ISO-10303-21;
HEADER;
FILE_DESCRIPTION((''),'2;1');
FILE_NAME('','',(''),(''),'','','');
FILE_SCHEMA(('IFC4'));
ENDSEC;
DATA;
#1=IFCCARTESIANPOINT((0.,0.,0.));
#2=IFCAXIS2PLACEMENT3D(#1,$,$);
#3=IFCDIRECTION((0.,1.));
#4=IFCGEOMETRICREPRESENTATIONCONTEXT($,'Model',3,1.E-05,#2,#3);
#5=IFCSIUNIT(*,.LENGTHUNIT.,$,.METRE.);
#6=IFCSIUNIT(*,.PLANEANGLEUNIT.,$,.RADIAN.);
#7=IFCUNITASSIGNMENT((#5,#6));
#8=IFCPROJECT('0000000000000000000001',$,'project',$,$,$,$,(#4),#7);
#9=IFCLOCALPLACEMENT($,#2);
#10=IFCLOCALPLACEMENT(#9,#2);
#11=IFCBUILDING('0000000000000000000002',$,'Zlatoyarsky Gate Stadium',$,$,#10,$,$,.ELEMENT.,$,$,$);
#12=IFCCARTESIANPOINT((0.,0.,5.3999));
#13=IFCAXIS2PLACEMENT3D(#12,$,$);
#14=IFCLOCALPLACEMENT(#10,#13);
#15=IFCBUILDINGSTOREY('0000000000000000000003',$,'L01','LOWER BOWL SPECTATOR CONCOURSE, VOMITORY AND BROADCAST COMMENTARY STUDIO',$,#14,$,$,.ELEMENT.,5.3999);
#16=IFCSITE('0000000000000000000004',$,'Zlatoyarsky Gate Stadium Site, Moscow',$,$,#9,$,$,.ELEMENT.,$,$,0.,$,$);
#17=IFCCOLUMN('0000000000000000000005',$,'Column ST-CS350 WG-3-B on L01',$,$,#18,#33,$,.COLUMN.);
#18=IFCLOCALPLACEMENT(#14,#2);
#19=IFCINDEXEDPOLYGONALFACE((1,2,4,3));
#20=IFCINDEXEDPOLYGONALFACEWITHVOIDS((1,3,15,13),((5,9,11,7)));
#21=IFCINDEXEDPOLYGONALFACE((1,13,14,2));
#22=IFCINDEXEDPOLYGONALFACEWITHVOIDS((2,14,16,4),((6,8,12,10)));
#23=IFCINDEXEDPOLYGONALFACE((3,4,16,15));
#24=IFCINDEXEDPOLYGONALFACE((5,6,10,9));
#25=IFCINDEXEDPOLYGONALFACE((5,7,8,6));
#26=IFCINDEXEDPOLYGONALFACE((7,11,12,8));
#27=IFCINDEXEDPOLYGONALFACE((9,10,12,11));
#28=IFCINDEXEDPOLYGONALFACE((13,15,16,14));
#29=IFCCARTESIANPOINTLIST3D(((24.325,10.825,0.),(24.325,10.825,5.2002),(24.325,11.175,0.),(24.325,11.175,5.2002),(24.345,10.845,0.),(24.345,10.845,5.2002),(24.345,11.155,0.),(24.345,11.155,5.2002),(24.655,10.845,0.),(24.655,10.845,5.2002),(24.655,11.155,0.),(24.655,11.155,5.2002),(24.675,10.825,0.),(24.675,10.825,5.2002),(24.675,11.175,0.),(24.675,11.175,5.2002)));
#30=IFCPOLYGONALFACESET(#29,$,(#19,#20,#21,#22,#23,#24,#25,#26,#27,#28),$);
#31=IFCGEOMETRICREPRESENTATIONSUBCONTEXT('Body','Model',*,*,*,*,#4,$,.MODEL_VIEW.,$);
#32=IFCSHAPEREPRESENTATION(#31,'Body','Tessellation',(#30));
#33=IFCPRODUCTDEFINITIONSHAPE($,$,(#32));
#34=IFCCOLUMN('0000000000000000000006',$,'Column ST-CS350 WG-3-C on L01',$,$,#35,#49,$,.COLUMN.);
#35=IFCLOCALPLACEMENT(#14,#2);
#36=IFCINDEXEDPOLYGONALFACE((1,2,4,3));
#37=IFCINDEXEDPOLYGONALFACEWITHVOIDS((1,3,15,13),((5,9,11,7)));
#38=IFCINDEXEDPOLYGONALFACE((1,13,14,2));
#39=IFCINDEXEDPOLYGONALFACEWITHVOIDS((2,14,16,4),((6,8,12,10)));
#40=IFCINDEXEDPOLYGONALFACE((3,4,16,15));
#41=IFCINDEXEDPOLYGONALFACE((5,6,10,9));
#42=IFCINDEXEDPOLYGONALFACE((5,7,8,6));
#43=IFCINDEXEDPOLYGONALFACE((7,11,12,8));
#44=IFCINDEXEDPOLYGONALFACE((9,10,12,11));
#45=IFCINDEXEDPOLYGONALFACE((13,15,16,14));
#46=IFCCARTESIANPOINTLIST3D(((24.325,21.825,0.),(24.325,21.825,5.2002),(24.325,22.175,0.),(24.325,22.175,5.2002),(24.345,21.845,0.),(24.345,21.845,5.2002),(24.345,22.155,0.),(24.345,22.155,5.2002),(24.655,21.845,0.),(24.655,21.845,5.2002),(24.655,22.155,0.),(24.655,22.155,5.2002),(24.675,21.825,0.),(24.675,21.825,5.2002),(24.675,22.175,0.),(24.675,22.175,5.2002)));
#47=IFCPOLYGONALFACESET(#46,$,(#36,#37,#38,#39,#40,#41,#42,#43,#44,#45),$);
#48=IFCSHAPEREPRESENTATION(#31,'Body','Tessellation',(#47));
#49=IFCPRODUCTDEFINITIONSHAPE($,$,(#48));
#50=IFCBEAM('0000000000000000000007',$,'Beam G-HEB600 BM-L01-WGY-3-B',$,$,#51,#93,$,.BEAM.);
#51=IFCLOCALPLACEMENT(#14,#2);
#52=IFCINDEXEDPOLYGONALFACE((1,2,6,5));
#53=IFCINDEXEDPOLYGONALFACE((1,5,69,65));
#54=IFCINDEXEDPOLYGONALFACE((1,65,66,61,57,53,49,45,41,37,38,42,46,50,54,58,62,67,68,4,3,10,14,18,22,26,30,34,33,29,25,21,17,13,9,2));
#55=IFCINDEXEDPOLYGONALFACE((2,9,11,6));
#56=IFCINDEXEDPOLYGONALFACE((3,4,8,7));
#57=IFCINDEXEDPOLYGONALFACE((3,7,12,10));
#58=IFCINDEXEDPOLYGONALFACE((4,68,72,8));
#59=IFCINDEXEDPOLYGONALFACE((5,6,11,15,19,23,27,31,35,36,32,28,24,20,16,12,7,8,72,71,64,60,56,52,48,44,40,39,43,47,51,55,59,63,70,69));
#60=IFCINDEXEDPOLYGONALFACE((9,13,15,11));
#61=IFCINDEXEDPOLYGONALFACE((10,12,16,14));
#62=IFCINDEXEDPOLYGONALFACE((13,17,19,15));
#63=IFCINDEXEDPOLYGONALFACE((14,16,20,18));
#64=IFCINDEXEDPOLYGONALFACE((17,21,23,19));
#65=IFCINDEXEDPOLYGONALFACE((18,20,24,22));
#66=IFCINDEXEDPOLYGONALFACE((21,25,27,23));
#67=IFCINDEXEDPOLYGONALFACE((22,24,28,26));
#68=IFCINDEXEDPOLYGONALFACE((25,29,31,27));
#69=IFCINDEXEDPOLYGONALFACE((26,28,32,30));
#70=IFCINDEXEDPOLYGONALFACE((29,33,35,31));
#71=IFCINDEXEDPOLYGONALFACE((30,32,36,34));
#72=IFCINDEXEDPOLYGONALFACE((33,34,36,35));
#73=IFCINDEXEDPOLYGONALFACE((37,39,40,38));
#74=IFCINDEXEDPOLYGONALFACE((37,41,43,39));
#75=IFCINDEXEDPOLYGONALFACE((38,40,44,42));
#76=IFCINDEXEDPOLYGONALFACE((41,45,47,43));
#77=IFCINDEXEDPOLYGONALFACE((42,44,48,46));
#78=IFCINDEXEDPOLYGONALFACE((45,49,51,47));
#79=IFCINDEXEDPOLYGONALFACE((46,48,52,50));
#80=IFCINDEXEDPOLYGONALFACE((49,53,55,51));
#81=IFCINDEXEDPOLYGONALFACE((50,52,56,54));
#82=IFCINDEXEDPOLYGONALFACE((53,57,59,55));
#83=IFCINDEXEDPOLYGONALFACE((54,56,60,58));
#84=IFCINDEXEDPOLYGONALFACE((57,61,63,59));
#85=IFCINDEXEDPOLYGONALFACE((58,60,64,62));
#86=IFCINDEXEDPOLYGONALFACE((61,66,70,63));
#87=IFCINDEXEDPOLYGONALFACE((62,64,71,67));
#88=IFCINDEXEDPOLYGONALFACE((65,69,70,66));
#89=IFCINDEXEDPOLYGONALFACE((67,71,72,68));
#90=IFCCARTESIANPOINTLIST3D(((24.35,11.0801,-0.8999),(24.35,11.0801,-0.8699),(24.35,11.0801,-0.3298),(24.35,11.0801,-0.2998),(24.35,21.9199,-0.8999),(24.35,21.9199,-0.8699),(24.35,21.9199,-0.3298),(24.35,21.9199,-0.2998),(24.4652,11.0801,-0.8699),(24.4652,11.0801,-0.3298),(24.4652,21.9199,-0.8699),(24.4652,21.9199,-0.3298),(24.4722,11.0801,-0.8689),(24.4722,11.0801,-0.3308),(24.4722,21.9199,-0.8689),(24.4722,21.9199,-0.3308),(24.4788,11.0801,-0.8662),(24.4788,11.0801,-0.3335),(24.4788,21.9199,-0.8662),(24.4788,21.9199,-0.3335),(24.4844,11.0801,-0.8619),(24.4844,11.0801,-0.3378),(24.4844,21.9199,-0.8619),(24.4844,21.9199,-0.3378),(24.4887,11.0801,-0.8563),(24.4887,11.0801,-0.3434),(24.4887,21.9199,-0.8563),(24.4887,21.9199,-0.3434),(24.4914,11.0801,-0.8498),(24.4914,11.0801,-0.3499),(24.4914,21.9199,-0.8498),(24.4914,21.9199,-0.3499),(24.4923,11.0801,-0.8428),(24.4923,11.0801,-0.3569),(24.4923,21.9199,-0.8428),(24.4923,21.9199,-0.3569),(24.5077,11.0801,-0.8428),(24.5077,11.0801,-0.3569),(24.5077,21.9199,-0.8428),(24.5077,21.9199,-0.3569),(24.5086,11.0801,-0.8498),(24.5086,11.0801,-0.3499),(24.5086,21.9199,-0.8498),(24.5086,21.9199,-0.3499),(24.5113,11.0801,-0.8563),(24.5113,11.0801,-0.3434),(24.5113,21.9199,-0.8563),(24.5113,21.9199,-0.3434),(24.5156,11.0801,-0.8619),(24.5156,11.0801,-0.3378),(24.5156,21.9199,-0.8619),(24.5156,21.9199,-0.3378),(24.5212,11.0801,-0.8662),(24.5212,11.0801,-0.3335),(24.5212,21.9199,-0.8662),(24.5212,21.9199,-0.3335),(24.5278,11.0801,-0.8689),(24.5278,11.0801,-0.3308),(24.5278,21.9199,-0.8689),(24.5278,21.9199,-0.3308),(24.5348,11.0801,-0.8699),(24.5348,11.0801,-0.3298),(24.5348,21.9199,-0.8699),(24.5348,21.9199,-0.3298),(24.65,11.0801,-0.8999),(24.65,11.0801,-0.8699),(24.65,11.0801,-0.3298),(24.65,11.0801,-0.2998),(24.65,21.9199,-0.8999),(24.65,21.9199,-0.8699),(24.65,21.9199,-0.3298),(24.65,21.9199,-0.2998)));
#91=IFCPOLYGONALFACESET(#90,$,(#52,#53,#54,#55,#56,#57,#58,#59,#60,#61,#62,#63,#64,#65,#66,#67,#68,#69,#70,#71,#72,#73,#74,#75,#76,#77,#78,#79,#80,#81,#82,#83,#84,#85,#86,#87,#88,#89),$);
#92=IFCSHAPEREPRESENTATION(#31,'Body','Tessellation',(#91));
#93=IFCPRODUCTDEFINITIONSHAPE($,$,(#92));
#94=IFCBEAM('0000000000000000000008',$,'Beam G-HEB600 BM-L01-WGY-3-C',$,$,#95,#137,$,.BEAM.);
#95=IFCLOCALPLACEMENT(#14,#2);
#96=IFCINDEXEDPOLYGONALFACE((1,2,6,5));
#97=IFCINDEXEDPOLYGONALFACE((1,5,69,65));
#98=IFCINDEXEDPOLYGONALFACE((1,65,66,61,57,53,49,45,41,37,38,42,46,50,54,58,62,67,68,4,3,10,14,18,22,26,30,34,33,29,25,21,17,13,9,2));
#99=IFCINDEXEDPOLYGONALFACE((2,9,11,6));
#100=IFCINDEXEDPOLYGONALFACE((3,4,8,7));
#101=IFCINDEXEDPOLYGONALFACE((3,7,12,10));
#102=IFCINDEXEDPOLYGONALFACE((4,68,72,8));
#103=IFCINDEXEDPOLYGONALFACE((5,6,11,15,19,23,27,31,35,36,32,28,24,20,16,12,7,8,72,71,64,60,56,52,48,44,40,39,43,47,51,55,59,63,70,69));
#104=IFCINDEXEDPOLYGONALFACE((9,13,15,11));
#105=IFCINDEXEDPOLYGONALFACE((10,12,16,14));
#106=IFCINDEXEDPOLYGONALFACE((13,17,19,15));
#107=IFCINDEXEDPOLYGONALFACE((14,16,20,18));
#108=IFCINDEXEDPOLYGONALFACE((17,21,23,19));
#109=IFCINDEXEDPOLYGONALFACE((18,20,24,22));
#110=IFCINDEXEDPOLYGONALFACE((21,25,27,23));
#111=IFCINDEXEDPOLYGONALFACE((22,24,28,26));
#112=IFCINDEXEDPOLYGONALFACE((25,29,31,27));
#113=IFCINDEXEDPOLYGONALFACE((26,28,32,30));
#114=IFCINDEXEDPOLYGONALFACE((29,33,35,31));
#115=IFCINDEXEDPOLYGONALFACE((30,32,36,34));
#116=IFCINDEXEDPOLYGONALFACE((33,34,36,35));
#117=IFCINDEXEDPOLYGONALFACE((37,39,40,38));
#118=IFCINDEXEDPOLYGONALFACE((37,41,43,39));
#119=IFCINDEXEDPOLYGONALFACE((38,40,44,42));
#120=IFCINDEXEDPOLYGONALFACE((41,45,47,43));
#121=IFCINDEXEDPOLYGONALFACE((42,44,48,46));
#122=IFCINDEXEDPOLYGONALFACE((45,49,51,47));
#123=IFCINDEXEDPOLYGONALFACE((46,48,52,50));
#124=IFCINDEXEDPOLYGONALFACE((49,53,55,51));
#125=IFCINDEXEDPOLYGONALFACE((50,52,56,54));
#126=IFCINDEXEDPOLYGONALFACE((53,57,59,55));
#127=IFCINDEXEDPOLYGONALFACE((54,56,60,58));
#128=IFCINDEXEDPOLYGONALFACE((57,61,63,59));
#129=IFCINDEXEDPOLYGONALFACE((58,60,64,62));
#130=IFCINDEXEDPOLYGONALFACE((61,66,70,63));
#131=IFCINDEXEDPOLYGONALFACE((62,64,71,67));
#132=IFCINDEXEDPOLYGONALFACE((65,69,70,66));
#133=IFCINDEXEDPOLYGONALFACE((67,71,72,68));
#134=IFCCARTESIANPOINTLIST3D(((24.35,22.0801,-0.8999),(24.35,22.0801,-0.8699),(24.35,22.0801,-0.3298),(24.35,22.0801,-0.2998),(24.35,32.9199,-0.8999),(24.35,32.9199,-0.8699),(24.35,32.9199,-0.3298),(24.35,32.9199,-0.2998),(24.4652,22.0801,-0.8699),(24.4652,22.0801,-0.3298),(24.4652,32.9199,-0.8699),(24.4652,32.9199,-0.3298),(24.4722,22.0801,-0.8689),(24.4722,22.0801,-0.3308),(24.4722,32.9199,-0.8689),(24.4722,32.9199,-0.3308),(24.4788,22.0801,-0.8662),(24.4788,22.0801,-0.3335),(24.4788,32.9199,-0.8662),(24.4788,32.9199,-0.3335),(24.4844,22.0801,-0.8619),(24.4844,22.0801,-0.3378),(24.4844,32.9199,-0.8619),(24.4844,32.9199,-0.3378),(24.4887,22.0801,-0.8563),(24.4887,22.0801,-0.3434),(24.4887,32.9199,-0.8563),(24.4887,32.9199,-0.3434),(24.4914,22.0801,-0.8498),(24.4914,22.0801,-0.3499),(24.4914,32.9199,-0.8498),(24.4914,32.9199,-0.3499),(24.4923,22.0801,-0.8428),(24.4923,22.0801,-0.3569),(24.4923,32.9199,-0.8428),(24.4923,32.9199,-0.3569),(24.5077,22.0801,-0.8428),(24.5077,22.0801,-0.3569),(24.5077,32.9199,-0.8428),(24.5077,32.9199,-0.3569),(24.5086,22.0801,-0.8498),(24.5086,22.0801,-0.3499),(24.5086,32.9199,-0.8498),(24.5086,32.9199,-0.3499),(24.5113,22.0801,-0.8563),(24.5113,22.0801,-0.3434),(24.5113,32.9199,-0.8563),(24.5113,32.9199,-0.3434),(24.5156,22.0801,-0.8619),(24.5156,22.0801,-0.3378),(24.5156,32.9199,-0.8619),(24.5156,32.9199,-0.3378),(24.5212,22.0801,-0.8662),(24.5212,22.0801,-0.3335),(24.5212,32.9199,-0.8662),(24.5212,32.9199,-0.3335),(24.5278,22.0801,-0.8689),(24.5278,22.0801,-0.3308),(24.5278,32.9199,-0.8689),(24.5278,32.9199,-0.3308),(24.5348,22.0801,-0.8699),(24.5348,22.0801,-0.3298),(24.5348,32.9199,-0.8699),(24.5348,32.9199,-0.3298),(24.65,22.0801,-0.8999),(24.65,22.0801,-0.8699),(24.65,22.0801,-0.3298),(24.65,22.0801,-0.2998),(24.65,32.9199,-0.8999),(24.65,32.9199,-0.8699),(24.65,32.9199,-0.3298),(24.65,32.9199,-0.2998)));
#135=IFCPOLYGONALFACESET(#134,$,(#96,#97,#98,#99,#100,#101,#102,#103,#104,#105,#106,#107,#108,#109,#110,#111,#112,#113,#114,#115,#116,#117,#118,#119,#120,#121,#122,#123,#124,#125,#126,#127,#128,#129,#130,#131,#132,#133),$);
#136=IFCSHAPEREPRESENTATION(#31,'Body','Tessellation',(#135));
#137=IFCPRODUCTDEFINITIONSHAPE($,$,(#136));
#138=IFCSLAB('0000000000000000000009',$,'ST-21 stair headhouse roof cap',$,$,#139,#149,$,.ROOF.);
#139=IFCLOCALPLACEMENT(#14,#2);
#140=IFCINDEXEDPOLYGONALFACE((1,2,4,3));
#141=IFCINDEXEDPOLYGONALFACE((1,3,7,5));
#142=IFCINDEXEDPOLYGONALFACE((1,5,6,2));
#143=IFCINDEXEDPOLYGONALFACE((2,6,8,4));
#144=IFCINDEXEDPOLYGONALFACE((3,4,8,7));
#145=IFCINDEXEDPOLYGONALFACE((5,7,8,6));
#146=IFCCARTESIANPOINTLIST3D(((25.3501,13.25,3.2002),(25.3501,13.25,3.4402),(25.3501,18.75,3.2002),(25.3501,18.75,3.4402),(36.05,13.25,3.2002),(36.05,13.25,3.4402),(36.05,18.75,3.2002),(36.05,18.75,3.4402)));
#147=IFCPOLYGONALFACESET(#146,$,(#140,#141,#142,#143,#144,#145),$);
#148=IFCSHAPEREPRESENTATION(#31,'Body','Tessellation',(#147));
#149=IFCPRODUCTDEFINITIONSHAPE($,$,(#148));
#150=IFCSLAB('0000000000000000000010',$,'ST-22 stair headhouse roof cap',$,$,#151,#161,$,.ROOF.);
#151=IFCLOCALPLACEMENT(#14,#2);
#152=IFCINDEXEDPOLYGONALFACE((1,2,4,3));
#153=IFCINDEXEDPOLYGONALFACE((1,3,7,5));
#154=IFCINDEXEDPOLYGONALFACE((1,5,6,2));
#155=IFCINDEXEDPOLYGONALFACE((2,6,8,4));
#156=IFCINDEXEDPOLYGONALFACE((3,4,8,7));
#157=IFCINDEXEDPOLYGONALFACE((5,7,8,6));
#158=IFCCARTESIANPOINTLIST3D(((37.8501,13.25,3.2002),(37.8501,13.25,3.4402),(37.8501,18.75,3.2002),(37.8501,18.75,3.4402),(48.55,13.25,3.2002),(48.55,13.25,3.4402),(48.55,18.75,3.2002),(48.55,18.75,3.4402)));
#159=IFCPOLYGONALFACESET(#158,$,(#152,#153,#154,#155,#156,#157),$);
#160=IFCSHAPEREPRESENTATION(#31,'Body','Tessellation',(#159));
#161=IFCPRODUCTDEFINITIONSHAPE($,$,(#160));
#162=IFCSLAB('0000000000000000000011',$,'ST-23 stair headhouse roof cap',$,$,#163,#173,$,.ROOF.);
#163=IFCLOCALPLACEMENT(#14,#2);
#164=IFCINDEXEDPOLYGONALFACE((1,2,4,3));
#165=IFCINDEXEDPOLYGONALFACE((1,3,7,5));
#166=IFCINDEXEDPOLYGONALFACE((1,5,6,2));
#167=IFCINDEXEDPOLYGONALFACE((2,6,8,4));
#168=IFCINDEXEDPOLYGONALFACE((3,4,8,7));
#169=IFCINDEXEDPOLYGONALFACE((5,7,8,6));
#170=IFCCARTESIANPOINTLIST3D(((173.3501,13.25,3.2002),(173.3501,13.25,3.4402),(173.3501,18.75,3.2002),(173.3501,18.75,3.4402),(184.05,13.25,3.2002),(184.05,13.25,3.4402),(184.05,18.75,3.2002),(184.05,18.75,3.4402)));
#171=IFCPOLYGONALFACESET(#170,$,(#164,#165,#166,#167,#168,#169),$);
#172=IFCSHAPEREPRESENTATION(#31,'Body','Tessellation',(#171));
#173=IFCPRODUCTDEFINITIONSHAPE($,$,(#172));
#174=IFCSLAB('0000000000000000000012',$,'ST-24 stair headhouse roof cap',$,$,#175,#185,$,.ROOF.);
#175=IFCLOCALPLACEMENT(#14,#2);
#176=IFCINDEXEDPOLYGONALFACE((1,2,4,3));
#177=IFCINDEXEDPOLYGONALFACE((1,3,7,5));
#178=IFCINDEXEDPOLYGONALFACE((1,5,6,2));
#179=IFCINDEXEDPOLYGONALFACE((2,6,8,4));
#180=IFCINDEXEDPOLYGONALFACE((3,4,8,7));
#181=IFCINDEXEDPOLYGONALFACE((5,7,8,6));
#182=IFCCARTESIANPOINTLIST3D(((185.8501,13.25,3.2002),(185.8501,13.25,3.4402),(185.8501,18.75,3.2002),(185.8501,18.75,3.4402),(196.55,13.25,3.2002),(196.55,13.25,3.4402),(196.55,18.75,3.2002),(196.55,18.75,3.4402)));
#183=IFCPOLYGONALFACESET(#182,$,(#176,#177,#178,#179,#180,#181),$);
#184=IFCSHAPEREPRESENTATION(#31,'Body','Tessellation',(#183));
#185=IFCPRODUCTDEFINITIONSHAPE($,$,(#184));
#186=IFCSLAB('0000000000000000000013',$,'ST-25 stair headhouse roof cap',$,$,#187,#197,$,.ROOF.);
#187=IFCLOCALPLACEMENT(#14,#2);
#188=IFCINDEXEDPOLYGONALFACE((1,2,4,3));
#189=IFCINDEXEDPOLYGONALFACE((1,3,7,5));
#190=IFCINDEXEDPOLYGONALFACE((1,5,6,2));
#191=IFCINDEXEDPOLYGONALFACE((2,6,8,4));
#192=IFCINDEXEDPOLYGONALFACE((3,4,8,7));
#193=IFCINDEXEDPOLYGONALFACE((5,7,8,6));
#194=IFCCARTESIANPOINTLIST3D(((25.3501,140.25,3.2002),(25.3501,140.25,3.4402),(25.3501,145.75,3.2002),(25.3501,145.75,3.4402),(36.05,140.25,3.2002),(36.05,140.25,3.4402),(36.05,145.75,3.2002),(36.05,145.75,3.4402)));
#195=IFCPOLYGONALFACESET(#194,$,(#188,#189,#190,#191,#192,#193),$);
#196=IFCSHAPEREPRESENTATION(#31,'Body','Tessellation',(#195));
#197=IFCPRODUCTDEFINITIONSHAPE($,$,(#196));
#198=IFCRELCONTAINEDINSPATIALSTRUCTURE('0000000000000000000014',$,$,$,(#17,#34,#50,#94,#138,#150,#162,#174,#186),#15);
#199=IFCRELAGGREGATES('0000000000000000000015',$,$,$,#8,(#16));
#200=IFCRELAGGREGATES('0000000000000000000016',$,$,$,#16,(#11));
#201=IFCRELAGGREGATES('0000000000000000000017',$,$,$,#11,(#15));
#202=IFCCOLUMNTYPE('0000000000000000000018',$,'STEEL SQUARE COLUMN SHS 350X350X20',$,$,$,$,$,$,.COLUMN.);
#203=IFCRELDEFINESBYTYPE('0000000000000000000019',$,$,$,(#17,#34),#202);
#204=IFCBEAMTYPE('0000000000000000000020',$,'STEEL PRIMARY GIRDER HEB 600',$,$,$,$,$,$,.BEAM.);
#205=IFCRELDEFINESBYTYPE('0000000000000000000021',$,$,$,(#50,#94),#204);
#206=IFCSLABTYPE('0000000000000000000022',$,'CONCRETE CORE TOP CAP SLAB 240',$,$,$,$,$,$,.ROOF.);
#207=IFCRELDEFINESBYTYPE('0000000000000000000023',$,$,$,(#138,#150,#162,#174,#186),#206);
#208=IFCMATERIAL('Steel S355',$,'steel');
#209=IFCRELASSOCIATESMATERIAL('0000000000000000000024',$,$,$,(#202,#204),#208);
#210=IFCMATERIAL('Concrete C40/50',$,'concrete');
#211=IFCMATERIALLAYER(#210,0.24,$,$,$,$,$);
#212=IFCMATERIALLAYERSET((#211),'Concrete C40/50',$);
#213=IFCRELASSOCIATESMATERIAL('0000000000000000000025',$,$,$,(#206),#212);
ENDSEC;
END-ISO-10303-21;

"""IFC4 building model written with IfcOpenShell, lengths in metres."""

from ifc_helpers import new_model, si_unit, direction, frame, origin, origin_2d, place, context, subcontext, project, spatial, polyline, hollow_rectangle, i_section, outline, extrude, material, layer, layer_set, material_profile, profile_set, type_object, element, save


model = new_model("IFC4")

# Units and contexts
model_context = context("Model", 3, precision=1e-05, world=origin(), true_north=direction((0.0, 1.0)))
body_context = subcontext(model_context, "Body", "Model", "MODEL_VIEW")
ifc_project = project(units=[si_unit("LENGTHUNIT", "METRE"), si_unit("PLANEANGLEUNIT", "RADIAN")], contexts=[model_context])

# Site, building, storey
site_placement = place(None, origin())
site = spatial("IfcSite", under=ifc_project, at=site_placement, Name="Zlatoyarsky Gate Stadium Site, Moscow", CompositionType="ELEMENT", RefElevation=0.0)
building_placement = place(site_placement, origin())
building = spatial("IfcBuilding", under=site, at=building_placement, Name="Zlatoyarsky Gate Stadium", CompositionType="ELEMENT")
storey_placement = place(building_placement, frame((0.0, 0.0, 5.3999)))
storey = spatial("IfcBuildingStorey", under=building, at=storey_placement, Name="L01", Description="LOWER BOWL SPECTATOR CONCOURSE, VOMITORY AND BROADCAST COMMENTARY STUDIO", CompositionType="ELEMENT", Elevation=5.3999)

# Columns
ifc_material_1 = material(Name="Steel S355", Category="steel")
ifc_material_profile_1 = material_profile(ifc_material_1, hollow_rectangle(XDim=0.3501, YDim=0.3501, WallThickness=0.02, at=origin_2d()), Name="SHS 350X350X20")
ifc_profile_set_1 = profile_set([ifc_material_profile_1], Name="Steel S355")
column_type = type_object("IfcColumnType", Name="STEEL SQUARE COLUMN SHS 350X350X20", PredefinedType="COLUMN", material=ifc_profile_set_1)
for number, where, z_axis, x_axis, name in (
    (1, (24.5, 11.0, 0.0), (0.0, 0.0, 1.0), (1.0, 0.0, 0.0), "Column ST-CS350 WG-3-B on L01"),
    (2, (24.5, 22.0, 0.0), (0.0, 0.0, 1.0), (1.0, 0.0, 0.0), "Column ST-CS350 WG-3-C on L01"),
):
    element("IfcColumn", number, at=place(storey_placement, frame(where, z_axis=z_axis, x_axis=x_axis)), inside=storey, type_object=column_type, Name=name, PredefinedType="COLUMN", context=body_context, shape_type="SweptSolid", body=[
        extrude(hollow_rectangle(XDim=0.3501, YDim=0.3501, WallThickness=0.02, at=origin_2d()), origin(), (0.0, 0.0, 1.0), 5.2002),
    ])

# Beams
ifc_material_profile_2 = material_profile(ifc_material_1, i_section(OverallWidth=0.3, OverallDepth=0.6001, WebThickness=0.0154, FlangeThickness=0.03, FilletRadius=0.0271, at=origin_2d()), Name="HEB 600")
ifc_profile_set_2 = profile_set([ifc_material_profile_2], Name="Steel S355")
beam_type = type_object("IfcBeamType", Name="STEEL PRIMARY GIRDER HEB 600", PredefinedType="BEAM", material=ifc_profile_set_2)
for number, where, z_axis, x_axis, name in (
    (3, (24.5, 11.0801, -0.5999), (0.0, 1.0, 0.0), (-1.0, 0.0, 0.0), "Beam G-HEB600 BM-L01-WGY-3-B"),
    (4, (24.5, 22.0801, -0.5999), (0.0, 1.0, 0.0), (-1.0, 0.0, 0.0), "Beam G-HEB600 BM-L01-WGY-3-C"),
):
    element("IfcBeam", number, at=place(storey_placement, frame(where, z_axis=z_axis, x_axis=x_axis)), inside=storey, type_object=beam_type, Name=name, PredefinedType="BEAM", context=body_context, shape_type="SweptSolid", body=[
        extrude(i_section(OverallWidth=0.3, OverallDepth=0.6001, WebThickness=0.0154, FlangeThickness=0.03, FilletRadius=0.0271, at=origin_2d()), origin(), (0.0, 0.0, 1.0), 10.8398),
    ])

# Slabs
ifc_material_2 = material(Name="Concrete C40/50", Category="concrete")
ifc_layer_1 = layer(ifc_material_2, 0.24)
ifc_layer_set_1 = layer_set([ifc_layer_1], Name="Concrete C40/50")
slab_type_1 = type_object("IfcSlabType", Name="CONCRETE CORE TOP CAP SLAB 240", PredefinedType="ROOF", material=ifc_layer_set_1)
slab_1_placement = place(storey_placement, frame((0.0, 0.0, 3.2002)))
element("IfcSlab", 5, at=slab_1_placement, inside=storey, type_object=slab_type_1, Name="ST-21 stair headhouse roof cap", PredefinedType="ROOF", context=body_context, shape_type="SweptSolid", body=[
    extrude(outline(polyline([(25.3501, 13.25), (36.05, 13.25), (36.05, 18.75), (25.3501, 18.75), (25.3501, 13.25)])), origin(), (0.0, 0.0, 1.0), 0.24),
])
slab_2_placement = place(storey_placement, frame((0.0, 0.0, 3.2002)))
element("IfcSlab", 6, at=slab_2_placement, inside=storey, type_object=slab_type_1, Name="ST-22 stair headhouse roof cap", PredefinedType="ROOF", context=body_context, shape_type="SweptSolid", body=[
    extrude(outline(polyline([(37.8501, 13.25), (48.55, 13.25), (48.55, 18.75), (37.8501, 18.75), (37.8501, 13.25)])), origin(), (0.0, 0.0, 1.0), 0.24),
])
slab_3_placement = place(storey_placement, frame((0.0, 0.0, 3.2002)))
element("IfcSlab", 7, at=slab_3_placement, inside=storey, type_object=slab_type_1, Name="ST-23 stair headhouse roof cap", PredefinedType="ROOF", context=body_context, shape_type="SweptSolid", body=[
    extrude(outline(polyline([(173.3501, 13.25), (184.05, 13.25), (184.05, 18.75), (173.3501, 18.75), (173.3501, 13.25)])), origin(), (0.0, 0.0, 1.0), 0.24),
])
slab_4_placement = place(storey_placement, frame((0.0, 0.0, 3.2002)))
element("IfcSlab", 8, at=slab_4_placement, inside=storey, type_object=slab_type_1, Name="ST-24 stair headhouse roof cap", PredefinedType="ROOF", context=body_context, shape_type="SweptSolid", body=[
    extrude(outline(polyline([(185.8501, 13.25), (196.55, 13.25), (196.55, 18.75), (185.8501, 18.75), (185.8501, 13.25)])), origin(), (0.0, 0.0, 1.0), 0.24),
])
slab_5_placement = place(storey_placement, frame((0.0, 0.0, 3.2002)))
element("IfcSlab", 9, at=slab_5_placement, inside=storey, type_object=slab_type_1, Name="ST-25 stair headhouse roof cap", PredefinedType="ROOF", context=body_context, shape_type="SweptSolid", body=[
    extrude(outline(polyline([(25.3501, 140.25), (36.05, 140.25), (36.05, 145.75), (25.3501, 145.75), (25.3501, 140.25)])), origin(), (0.0, 0.0, 1.0), 0.24),
])

save(model, "model.ifc")
